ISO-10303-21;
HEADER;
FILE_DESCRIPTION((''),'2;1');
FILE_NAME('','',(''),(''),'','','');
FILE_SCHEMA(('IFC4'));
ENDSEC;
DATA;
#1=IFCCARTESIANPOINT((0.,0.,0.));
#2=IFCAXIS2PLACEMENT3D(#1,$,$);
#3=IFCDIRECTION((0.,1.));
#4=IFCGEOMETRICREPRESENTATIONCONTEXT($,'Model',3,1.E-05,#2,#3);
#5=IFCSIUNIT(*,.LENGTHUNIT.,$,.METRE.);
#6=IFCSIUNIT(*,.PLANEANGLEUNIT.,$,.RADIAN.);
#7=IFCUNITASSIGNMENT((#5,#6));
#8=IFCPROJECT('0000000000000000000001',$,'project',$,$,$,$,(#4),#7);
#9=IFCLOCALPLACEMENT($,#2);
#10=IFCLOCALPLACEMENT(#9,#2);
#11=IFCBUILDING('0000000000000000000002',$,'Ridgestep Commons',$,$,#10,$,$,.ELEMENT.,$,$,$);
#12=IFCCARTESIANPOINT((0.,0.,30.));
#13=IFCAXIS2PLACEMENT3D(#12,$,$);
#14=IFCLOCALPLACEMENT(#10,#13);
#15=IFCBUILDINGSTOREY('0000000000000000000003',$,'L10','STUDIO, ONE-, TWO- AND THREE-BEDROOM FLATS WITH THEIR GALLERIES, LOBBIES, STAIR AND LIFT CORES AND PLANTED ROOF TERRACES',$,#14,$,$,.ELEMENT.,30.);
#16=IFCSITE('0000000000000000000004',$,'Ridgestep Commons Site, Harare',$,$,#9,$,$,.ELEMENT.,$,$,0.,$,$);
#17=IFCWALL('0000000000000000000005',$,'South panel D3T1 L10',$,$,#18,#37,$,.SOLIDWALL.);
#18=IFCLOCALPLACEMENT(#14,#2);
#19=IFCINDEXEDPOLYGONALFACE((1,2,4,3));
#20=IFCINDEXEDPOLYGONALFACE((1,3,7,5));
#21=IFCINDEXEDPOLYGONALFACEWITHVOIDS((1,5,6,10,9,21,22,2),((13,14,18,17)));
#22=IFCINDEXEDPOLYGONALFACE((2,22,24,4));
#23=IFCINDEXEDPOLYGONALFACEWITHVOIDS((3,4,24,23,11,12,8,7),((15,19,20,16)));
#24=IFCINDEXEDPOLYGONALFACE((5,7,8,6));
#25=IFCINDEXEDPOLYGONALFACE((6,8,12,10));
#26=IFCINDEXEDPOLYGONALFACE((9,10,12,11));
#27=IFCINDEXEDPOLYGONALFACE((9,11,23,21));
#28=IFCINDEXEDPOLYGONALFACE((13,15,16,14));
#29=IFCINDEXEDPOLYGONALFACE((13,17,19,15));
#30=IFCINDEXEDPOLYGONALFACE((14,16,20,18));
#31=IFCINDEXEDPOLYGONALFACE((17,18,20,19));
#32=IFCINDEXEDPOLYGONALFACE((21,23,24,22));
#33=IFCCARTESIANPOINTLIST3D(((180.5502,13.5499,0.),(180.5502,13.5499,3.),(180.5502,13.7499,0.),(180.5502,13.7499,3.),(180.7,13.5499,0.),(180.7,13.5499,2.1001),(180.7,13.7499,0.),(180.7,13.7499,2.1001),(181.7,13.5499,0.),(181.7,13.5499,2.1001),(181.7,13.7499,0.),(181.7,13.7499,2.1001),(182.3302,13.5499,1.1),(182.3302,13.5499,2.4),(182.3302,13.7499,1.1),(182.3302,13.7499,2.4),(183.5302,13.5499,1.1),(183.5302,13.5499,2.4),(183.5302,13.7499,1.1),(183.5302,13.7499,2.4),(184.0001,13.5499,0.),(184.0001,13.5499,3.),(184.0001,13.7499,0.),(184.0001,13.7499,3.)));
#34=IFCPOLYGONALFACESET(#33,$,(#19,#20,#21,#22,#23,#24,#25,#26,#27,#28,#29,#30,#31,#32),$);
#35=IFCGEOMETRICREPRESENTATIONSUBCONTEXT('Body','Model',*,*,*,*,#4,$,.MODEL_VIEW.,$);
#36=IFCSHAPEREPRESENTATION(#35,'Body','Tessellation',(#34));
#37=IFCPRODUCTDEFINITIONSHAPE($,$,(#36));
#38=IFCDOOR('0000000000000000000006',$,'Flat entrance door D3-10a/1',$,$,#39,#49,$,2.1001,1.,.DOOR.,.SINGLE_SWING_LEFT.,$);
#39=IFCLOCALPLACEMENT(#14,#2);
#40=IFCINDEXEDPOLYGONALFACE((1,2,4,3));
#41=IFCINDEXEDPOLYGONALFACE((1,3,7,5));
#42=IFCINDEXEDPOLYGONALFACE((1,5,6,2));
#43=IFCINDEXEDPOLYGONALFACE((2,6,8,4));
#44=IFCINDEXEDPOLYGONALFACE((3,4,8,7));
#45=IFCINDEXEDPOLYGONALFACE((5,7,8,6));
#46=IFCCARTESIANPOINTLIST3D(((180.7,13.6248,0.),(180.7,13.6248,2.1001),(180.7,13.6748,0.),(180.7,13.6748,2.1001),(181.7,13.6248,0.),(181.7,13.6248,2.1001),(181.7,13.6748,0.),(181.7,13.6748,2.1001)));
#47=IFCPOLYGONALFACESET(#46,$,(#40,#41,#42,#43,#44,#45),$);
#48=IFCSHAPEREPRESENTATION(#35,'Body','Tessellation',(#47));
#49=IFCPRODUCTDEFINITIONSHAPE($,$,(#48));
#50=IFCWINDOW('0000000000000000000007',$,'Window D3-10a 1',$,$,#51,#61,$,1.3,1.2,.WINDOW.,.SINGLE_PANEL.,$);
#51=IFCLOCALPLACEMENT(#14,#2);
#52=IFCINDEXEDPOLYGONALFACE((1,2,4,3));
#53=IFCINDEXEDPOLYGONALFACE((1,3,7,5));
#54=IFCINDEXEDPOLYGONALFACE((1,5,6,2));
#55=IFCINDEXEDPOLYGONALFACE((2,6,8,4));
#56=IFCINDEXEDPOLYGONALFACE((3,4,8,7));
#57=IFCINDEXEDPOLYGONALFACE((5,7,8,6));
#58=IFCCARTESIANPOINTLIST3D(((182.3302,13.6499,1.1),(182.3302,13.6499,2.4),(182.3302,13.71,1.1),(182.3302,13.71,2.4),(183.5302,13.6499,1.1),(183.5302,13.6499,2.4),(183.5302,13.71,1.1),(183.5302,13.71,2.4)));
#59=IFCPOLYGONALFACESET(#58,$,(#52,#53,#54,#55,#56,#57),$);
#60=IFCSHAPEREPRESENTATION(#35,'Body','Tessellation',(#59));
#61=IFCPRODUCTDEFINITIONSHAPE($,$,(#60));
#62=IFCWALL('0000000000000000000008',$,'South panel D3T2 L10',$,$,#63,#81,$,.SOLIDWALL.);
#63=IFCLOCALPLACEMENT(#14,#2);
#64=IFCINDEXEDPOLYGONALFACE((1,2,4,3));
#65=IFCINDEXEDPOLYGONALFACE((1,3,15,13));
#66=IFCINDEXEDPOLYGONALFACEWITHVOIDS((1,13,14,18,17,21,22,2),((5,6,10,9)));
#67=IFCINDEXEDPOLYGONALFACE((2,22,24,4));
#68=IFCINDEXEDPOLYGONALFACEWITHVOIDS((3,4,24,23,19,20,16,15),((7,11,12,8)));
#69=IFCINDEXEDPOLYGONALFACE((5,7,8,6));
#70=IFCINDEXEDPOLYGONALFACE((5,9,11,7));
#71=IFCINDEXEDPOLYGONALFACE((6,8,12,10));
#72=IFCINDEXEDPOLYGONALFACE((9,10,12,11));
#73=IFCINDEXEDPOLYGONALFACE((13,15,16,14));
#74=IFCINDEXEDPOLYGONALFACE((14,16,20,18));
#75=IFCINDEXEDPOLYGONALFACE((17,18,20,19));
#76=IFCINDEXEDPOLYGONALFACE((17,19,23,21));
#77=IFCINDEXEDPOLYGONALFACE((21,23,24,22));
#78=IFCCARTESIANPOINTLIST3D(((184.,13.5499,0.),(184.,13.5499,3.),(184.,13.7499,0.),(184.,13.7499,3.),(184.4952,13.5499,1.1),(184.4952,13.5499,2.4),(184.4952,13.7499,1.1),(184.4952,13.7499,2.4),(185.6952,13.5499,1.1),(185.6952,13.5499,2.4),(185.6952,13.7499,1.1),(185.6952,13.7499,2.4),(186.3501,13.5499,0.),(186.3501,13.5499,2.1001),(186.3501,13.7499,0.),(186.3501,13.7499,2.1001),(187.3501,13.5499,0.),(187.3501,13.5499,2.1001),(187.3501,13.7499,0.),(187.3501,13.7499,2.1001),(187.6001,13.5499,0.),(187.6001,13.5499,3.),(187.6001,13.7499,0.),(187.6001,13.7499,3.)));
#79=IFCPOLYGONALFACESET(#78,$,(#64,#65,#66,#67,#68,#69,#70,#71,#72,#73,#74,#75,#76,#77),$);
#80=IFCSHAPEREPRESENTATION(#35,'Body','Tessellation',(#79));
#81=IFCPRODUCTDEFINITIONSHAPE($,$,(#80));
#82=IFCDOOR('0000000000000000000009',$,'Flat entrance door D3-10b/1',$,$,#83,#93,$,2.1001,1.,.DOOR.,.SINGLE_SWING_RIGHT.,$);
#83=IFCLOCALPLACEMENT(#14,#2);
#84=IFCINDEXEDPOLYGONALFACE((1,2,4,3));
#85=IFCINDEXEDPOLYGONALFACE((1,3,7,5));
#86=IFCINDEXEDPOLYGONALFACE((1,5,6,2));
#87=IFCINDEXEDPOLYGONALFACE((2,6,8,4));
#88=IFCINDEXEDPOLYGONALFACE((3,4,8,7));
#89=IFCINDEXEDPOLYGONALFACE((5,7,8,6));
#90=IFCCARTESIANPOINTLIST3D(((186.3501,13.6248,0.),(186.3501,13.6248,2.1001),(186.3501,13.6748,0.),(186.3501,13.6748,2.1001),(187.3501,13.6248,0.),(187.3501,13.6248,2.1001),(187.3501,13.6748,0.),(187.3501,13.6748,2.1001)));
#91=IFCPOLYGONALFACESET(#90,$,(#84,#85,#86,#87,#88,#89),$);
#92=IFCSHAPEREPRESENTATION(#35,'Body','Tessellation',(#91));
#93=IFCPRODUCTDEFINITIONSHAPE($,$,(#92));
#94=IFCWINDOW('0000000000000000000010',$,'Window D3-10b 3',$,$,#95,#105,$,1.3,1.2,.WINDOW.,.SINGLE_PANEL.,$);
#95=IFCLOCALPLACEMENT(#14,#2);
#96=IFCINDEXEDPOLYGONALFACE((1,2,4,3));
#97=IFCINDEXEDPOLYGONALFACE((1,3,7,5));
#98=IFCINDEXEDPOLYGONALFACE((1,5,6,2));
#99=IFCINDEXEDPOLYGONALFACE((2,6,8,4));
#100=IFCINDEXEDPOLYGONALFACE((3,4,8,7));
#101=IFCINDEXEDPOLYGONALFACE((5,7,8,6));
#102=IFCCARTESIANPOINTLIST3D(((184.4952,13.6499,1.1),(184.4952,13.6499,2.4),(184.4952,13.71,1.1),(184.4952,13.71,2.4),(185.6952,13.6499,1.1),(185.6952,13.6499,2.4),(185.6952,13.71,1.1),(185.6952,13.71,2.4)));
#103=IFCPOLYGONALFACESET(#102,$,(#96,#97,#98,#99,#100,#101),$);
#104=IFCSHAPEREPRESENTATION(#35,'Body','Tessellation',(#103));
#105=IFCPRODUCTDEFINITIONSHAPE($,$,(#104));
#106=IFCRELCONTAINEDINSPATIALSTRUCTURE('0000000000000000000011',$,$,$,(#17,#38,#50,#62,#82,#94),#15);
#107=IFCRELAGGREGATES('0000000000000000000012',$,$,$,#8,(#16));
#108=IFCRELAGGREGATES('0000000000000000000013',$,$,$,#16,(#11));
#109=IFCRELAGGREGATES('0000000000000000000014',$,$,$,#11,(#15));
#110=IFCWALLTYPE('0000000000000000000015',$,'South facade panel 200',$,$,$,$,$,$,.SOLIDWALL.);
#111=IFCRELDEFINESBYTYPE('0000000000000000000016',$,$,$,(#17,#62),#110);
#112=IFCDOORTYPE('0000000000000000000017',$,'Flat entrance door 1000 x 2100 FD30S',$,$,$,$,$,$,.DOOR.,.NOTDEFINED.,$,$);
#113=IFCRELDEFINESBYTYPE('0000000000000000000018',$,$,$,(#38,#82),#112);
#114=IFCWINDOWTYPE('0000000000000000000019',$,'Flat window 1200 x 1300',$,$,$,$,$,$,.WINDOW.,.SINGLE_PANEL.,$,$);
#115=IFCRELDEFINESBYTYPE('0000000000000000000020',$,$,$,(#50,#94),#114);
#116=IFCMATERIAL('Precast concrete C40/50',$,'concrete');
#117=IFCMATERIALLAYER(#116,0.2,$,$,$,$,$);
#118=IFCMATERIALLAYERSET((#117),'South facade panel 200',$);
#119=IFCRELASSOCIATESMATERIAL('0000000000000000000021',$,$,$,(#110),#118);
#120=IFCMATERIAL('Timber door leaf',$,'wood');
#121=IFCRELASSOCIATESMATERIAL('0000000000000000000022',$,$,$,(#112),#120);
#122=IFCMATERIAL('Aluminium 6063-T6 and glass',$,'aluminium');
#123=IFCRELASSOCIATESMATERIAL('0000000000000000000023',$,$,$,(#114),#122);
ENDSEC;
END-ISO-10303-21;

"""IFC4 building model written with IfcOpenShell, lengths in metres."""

from ifc_helpers import new_model, si_unit, direction, frame, frame_2d, origin, place, context, subcontext, project, spatial, rectangle, extrude, material, layer, layer_set, type_object, element, fill, save


model = new_model("IFC4")

# Units and contexts
model_context = context("Model", 3, precision=1e-05, world=origin(), true_north=direction((0.0, 1.0)))
body_context = subcontext(model_context, "Body", "Model", "MODEL_VIEW")
ifc_project = project(units=[si_unit("LENGTHUNIT", "METRE"), si_unit("PLANEANGLEUNIT", "RADIAN")], contexts=[model_context])

# Site, building, storey
site_placement = place(None, origin())
site = spatial("IfcSite", under=ifc_project, at=site_placement, Name="Ridgestep Commons Site, Harare", CompositionType="ELEMENT", RefElevation=0.0)
building_placement = place(site_placement, origin())
building = spatial("IfcBuilding", under=site, at=building_placement, Name="Ridgestep Commons", CompositionType="ELEMENT")
storey_placement = place(building_placement, frame((0.0, 0.0, 30.0)))
storey = spatial("IfcBuildingStorey", under=building, at=storey_placement, Name="L10", Description="STUDIO, ONE-, TWO- AND THREE-BEDROOM FLATS WITH THEIR GALLERIES, LOBBIES, STAIR AND LIFT CORES AND PLANTED ROOF TERRACES", CompositionType="ELEMENT", Elevation=30.0)

# Walls, openings, doors, windows
ifc_material_1 = material(Name="Precast concrete C40/50", Category="concrete")
ifc_layer_1 = layer(ifc_material_1, 0.2)
ifc_layer_set_1 = layer_set([ifc_layer_1], Name="South facade panel 200")
wall_type_1 = type_object("IfcWallType", Name="South facade panel 200", PredefinedType="SOLIDWALL", material=ifc_layer_set_1)
wall_1_placement = place(storey_placement, frame((180.55, 13.6499, 0.0), z_axis=(0.0, 0.0, 1.0), x_axis=(1.0, 0.0, 0.0)))
wall_1 = element("IfcWall", 1, at=wall_1_placement, inside=storey, type_object=wall_type_1, Name="South panel D3T1 L10", PredefinedType="SOLIDWALL", context=body_context, shape_type="SweptSolid", body=[
    extrude(rectangle(XDim=3.45, YDim=0.2, at=frame_2d((1.7251, 0.0))), origin(), (0.0, 0.0, 1.0), 3.0),
])
opening_1_placement = place(wall_1_placement, frame((1.78, 0.0, 1.1001)))
opening_1 = element("IfcOpeningElement", 2, at=opening_1_placement, cuts=wall_1, PredefinedType="OPENING", context=body_context, shape_type="SweptSolid", body=[
    extrude(rectangle(XDim=1.2, YDim=1.3, at=frame_2d((0.6001, 0.6499))), frame((0.0, 0.1099, 0.0), z_axis=(0.0, -1.0, 0.0), x_axis=(1.0, 0.0, 0.0)), (0.0, 0.0, 1.0), 0.22),
])
opening_2_placement = place(wall_1_placement, frame((0.1499, 0.0, 0.0)))
opening_2 = element("IfcOpeningElement", 3, at=opening_2_placement, cuts=wall_1, PredefinedType="OPENING", context=body_context, shape_type="SweptSolid", body=[
    extrude(rectangle(XDim=1.0, YDim=2.1001, at=frame_2d((0.5, 1.05))), frame((0.0, 0.1099, 0.0), z_axis=(0.0, -1.0, 0.0), x_axis=(1.0, 0.0, 0.0)), (0.0, 0.0, 1.0), 0.22),
])
ifc_material_2 = material(Name="Timber door leaf", Category="wood")
door_type_1 = type_object("IfcDoorType", Name="Flat entrance door 1000 x 2100 FD30S", OperationType="NOTDEFINED", PredefinedType="DOOR", material=ifc_material_2)
door_1_placement = place(opening_2_placement, origin())
door_1 = element("IfcDoor", 4, at=door_1_placement, inside=storey, type_object=door_type_1, Name="Flat entrance door D3-10a/1", OperationType="SINGLE_SWING_LEFT", OverallHeight=2.1001, OverallWidth=1.0, PredefinedType="DOOR", context=body_context, shape_type="SweptSolid", body=[
    extrude(rectangle(XDim=1.0, YDim=2.1001, at=frame_2d((0.5, 1.05))), frame((0.0, 0.0249, 0.0), z_axis=(0.0, -1.0, 0.0), x_axis=(1.0, 0.0, 0.0)), (0.0, 0.0, 1.0), 0.05),
])
fill(opening_2, door_1)
ifc_material_3 = material(Name="Aluminium 6063-T6 and glass", Category="aluminium")
window_type = type_object("IfcWindowType", Name="Flat window 1200 x 1300", PartitioningType="SINGLE_PANEL", PredefinedType="WINDOW", material=ifc_material_3)
window_1_placement = place(opening_1_placement, origin())
window_1 = element("IfcWindow", 5, at=window_1_placement, inside=storey, type_object=window_type, Name="Window D3-10a 1", OverallHeight=1.3, OverallWidth=1.2, PartitioningType="SINGLE_PANEL", PredefinedType="WINDOW", context=body_context, shape_type="SweptSolid", body=[
    extrude(rectangle(XDim=1.2, YDim=1.3, at=frame_2d((0.6001, 0.6499))), frame((0.0, 0.0601, 0.0), z_axis=(0.0, -1.0, 0.0), x_axis=(1.0, 0.0, 0.0)), (0.0, 0.0, 1.0), 0.0601),
])
fill(opening_1, window_1)
wall_2_placement = place(storey_placement, frame((184.0, 13.6499, 0.0), z_axis=(0.0, 0.0, 1.0), x_axis=(1.0, 0.0, 0.0)))
wall_2 = element("IfcWall", 6, at=wall_2_placement, inside=storey, type_object=wall_type_1, Name="South panel D3T2 L10", PredefinedType="SOLIDWALL", context=body_context, shape_type="SweptSolid", body=[
    extrude(rectangle(XDim=3.6001, YDim=0.2, at=frame_2d((1.8, 0.0))), origin(), (0.0, 0.0, 1.0), 3.0),
])
opening_3_placement = place(wall_2_placement, frame((0.4951, 0.0, 1.1001)))
opening_3 = element("IfcOpeningElement", 7, at=opening_3_placement, cuts=wall_2, PredefinedType="OPENING", context=body_context, shape_type="SweptSolid", body=[
    extrude(rectangle(XDim=1.2, YDim=1.3, at=frame_2d((0.6001, 0.6499))), frame((0.0, 0.1099, 0.0), z_axis=(0.0, -1.0, 0.0), x_axis=(1.0, 0.0, 0.0)), (0.0, 0.0, 1.0), 0.22),
])
opening_4_placement = place(wall_2_placement, frame((2.3501, 0.0, 0.0)))
opening_4 = element("IfcOpeningElement", 8, at=opening_4_placement, cuts=wall_2, PredefinedType="OPENING", context=body_context, shape_type="SweptSolid", body=[
    extrude(rectangle(XDim=1.0, YDim=2.1001, at=frame_2d((0.5, 1.05))), frame((0.0, 0.1099, 0.0), z_axis=(0.0, -1.0, 0.0), x_axis=(1.0, 0.0, 0.0)), (0.0, 0.0, 1.0), 0.22),
])
door_2_placement = place(opening_4_placement, origin())
door_2 = element("IfcDoor", 9, at=door_2_placement, inside=storey, type_object=door_type_1, Name="Flat entrance door D3-10b/1", OperationType="SINGLE_SWING_RIGHT", OverallHeight=2.1001, OverallWidth=1.0, PredefinedType="DOOR", context=body_context, shape_type="SweptSolid", body=[
    extrude(rectangle(XDim=1.0, YDim=2.1001, at=frame_2d((0.5, 1.05))), frame((0.0, 0.0249, 0.0), z_axis=(0.0, -1.0, 0.0), x_axis=(1.0, 0.0, 0.0)), (0.0, 0.0, 1.0), 0.05),
])
fill(opening_4, door_2)
window_2_placement = place(opening_3_placement, origin())
window_2 = element("IfcWindow", 10, at=window_2_placement, inside=storey, type_object=window_type, Name="Window D3-10b 3", OverallHeight=1.3, OverallWidth=1.2, PartitioningType="SINGLE_PANEL", PredefinedType="WINDOW", context=body_context, shape_type="SweptSolid", body=[
    extrude(rectangle(XDim=1.2, YDim=1.3, at=frame_2d((0.6001, 0.6499))), frame((0.0, 0.0601, 0.0), z_axis=(0.0, -1.0, 0.0), x_axis=(1.0, 0.0, 0.0)), (0.0, 0.0, 1.0), 0.0601),
])
fill(opening_3, window_2)

save(model, "model.ifc")
